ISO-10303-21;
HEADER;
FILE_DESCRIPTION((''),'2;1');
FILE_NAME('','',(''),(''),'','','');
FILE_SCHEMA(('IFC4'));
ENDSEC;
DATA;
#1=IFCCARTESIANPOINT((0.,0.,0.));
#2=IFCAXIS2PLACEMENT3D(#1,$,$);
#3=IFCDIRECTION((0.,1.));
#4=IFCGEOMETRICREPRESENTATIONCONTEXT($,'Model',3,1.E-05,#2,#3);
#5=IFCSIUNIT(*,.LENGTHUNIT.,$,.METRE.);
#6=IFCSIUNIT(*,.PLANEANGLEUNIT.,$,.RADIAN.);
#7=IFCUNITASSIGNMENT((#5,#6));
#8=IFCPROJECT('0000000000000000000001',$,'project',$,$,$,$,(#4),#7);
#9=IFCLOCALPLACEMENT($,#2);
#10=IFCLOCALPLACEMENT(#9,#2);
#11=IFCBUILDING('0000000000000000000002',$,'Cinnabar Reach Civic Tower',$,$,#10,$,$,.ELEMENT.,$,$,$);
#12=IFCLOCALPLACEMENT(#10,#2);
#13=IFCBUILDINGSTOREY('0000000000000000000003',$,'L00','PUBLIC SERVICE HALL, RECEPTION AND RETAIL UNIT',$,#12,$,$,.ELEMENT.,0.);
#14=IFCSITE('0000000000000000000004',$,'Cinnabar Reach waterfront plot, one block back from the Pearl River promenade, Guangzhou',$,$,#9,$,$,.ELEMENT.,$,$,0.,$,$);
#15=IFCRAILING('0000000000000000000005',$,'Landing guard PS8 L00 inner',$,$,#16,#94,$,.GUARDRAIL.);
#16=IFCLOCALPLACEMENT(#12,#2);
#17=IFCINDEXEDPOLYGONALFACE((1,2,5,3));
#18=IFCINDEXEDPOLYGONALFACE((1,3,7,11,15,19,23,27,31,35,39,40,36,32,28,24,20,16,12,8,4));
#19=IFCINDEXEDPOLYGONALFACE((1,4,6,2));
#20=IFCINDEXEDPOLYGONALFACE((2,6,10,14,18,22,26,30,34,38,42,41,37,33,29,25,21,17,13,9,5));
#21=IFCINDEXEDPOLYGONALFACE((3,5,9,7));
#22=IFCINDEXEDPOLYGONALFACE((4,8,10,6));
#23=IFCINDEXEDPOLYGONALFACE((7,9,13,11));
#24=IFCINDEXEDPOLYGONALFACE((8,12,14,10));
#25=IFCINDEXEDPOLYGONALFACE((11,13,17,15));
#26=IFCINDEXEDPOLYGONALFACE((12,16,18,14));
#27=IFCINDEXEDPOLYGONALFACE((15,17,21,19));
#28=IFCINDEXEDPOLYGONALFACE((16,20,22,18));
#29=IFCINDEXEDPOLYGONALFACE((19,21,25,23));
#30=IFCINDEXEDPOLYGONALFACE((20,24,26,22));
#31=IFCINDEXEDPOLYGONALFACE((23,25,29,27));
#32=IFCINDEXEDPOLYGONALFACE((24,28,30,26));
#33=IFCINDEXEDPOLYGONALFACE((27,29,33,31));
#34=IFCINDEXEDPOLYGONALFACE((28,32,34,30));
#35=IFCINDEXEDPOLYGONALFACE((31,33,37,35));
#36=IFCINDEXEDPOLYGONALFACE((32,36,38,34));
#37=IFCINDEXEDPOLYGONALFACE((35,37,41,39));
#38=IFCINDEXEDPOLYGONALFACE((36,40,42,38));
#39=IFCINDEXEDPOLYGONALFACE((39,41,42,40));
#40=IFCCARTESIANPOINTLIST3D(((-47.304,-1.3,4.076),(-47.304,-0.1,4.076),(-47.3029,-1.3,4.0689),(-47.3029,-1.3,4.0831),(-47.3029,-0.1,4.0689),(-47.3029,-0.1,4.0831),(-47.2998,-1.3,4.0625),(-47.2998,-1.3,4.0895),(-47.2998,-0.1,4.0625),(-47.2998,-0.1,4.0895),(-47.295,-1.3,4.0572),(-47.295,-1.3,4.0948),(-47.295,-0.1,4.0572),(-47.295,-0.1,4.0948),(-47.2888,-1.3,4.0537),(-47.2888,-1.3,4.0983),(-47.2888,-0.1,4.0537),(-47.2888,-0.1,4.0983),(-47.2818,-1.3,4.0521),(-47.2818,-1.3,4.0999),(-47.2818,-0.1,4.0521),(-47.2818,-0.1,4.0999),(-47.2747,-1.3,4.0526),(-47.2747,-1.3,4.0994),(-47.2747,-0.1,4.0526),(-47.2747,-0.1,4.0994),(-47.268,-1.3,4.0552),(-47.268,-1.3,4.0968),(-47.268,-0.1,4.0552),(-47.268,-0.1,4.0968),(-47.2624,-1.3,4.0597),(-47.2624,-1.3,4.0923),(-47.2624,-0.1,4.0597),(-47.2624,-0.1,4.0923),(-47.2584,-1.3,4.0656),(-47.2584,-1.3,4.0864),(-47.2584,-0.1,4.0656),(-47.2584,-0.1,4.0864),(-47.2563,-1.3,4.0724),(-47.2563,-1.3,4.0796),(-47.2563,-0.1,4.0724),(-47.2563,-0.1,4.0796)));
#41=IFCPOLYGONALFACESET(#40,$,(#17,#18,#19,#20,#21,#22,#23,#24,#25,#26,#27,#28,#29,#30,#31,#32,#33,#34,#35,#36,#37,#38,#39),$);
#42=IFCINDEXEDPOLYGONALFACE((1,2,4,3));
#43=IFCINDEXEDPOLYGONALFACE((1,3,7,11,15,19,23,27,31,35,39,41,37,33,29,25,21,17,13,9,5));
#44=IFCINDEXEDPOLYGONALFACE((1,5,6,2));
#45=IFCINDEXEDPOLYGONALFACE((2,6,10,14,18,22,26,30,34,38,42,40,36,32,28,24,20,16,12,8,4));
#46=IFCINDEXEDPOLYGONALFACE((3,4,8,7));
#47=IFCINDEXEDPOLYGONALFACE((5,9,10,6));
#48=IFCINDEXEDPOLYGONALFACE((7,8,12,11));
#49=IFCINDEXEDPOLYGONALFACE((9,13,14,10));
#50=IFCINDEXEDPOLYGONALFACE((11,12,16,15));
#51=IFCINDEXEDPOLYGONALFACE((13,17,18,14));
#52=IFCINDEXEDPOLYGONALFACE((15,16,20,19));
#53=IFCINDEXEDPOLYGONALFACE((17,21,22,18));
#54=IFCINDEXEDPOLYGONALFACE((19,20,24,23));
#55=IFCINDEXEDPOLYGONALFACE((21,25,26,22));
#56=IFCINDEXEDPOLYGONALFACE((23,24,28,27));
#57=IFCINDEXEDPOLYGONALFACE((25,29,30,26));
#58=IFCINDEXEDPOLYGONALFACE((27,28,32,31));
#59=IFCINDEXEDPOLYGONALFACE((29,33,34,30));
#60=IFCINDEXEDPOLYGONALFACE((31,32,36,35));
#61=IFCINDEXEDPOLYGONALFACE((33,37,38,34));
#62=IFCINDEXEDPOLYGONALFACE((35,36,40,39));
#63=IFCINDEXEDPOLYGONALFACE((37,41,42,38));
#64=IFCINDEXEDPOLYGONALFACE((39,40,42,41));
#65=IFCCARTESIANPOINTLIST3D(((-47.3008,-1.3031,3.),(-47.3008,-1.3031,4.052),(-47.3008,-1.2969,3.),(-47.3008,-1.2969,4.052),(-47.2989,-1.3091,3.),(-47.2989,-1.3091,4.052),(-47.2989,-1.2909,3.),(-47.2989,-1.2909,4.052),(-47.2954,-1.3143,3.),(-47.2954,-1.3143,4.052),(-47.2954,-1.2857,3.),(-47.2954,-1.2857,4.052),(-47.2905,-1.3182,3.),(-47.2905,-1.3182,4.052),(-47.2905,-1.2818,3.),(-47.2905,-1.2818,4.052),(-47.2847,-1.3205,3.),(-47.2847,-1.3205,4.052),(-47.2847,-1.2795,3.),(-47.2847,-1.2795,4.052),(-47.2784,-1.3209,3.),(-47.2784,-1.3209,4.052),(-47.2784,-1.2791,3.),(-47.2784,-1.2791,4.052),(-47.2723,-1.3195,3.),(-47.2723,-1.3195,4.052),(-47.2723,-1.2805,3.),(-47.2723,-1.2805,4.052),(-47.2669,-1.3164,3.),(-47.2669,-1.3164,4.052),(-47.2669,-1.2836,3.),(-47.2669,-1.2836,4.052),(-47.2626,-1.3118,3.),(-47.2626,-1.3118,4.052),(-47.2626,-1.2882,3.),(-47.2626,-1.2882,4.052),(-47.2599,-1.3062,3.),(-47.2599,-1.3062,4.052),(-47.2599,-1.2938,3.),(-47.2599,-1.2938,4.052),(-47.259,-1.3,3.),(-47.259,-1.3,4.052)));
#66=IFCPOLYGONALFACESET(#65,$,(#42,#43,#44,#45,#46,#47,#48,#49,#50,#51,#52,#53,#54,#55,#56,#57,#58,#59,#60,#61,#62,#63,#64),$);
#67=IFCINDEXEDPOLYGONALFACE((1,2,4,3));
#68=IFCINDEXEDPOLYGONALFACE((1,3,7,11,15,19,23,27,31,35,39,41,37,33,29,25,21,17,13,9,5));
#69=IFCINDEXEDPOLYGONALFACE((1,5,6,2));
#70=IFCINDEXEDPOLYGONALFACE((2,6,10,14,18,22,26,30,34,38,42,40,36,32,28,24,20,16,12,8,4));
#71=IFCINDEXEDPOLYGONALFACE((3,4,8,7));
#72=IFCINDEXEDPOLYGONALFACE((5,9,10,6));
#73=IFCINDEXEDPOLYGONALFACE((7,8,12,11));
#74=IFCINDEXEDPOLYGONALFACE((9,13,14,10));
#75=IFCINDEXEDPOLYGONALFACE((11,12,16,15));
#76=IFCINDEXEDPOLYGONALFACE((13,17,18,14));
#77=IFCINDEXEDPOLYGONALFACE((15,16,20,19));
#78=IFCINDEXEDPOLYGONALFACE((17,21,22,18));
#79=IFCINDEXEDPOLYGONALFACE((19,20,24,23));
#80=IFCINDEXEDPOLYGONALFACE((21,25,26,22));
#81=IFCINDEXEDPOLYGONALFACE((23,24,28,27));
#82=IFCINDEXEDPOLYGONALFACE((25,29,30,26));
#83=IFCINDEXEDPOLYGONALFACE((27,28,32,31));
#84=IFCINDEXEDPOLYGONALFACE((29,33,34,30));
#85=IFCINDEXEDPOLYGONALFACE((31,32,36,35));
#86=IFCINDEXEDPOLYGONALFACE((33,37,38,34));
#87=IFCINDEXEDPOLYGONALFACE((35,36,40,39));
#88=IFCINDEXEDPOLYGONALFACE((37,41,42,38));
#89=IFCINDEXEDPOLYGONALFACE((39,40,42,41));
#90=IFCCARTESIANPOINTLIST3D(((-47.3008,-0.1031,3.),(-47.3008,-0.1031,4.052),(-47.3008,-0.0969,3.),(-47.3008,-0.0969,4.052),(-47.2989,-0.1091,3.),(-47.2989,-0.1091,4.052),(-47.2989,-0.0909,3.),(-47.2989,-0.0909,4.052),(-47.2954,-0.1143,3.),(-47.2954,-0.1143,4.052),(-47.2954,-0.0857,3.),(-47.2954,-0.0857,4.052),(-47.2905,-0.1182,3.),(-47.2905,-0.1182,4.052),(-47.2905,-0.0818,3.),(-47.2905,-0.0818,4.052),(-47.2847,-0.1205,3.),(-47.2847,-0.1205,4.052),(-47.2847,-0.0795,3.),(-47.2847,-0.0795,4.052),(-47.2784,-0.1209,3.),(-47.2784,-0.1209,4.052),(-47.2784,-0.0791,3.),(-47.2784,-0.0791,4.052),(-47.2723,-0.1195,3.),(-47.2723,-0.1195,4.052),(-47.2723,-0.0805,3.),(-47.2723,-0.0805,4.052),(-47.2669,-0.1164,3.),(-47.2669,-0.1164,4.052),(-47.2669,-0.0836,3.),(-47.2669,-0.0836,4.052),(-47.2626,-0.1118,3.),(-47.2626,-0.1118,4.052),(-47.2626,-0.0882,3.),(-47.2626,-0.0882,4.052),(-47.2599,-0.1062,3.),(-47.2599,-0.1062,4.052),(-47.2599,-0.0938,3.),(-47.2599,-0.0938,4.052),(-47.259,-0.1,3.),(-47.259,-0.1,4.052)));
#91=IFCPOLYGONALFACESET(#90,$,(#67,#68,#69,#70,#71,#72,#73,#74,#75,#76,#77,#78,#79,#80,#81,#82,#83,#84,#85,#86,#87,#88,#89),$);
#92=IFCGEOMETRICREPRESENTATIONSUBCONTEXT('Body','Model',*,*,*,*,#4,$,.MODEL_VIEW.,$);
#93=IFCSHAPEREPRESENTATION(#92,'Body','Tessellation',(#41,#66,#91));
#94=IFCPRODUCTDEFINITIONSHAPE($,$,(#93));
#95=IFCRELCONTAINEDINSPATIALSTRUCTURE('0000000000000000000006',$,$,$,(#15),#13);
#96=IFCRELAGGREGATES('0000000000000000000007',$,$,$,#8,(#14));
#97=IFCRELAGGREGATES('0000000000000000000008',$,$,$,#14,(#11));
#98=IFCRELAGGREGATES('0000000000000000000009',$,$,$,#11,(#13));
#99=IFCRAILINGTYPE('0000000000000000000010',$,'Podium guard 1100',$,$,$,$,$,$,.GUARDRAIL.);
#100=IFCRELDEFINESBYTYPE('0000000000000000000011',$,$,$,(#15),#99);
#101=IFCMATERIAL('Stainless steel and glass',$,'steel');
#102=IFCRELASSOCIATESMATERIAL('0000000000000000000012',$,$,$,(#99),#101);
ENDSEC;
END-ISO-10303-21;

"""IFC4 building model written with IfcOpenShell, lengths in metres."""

from ifc_helpers import new_model, si_unit, direction, frame, origin, origin_2d, place, context, subcontext, project, spatial, circle, extrude, material, type_object, element, save


model = new_model("IFC4")

# Units and contexts
model_context = context("Model", 3, precision=1e-05, world=origin(), true_north=direction((0.0, 1.0)))
body_context = subcontext(model_context, "Body", "Model", "MODEL_VIEW")
ifc_project = project(units=[si_unit("LENGTHUNIT", "METRE"), si_unit("PLANEANGLEUNIT", "RADIAN")], contexts=[model_context])

# Site, building, storey
site_placement = place(None, origin())
site = spatial("IfcSite", under=ifc_project, at=site_placement, Name="Cinnabar Reach waterfront plot, one block back from the Pearl River promenade, Guangzhou", CompositionType="ELEMENT", RefElevation=0.0)
building_placement = place(site_placement, origin())
building = spatial("IfcBuilding", under=site, at=building_placement, Name="Cinnabar Reach Civic Tower", CompositionType="ELEMENT")
storey_placement = place(building_placement, origin())
storey = spatial("IfcBuildingStorey", under=building, at=storey_placement, Name="L00", Description="PUBLIC SERVICE HALL, RECEPTION AND RETAIL UNIT", CompositionType="ELEMENT", Elevation=0.0)

# Railing
ifc_material_1 = material(Name="Stainless steel and glass", Category="steel")
railing_type_1 = type_object("IfcRailingType", Name="Podium guard 1100", PredefinedType="GUARDRAIL", material=ifc_material_1)
railing_1_placement = place(storey_placement, frame((-47.28, -1.3, 3.0)))
element("IfcRailing", 1, at=railing_1_placement, inside=storey, type_object=railing_type_1, Name="Landing guard PS8 L00 inner", PredefinedType="GUARDRAIL", context=body_context, shape_type="SweptSolid", body=[
    extrude(circle(Radius=0.024, at=origin_2d()), frame((0.0, 0.0, 1.076), z_axis=(0.0, 1.0, 0.0), x_axis=(-1.0, 0.0, 0.0)), (0.0, 0.0, 1.0), 1.2),
    extrude(circle(Radius=0.021, at=origin_2d()), origin(), (0.0, 0.0, 1.0), 1.052),
    extrude(circle(Radius=0.021, at=origin_2d()), frame((0.0, 1.2, 0.0)), (0.0, 0.0, 1.0), 1.052),
])

save(model, "model.ifc")
